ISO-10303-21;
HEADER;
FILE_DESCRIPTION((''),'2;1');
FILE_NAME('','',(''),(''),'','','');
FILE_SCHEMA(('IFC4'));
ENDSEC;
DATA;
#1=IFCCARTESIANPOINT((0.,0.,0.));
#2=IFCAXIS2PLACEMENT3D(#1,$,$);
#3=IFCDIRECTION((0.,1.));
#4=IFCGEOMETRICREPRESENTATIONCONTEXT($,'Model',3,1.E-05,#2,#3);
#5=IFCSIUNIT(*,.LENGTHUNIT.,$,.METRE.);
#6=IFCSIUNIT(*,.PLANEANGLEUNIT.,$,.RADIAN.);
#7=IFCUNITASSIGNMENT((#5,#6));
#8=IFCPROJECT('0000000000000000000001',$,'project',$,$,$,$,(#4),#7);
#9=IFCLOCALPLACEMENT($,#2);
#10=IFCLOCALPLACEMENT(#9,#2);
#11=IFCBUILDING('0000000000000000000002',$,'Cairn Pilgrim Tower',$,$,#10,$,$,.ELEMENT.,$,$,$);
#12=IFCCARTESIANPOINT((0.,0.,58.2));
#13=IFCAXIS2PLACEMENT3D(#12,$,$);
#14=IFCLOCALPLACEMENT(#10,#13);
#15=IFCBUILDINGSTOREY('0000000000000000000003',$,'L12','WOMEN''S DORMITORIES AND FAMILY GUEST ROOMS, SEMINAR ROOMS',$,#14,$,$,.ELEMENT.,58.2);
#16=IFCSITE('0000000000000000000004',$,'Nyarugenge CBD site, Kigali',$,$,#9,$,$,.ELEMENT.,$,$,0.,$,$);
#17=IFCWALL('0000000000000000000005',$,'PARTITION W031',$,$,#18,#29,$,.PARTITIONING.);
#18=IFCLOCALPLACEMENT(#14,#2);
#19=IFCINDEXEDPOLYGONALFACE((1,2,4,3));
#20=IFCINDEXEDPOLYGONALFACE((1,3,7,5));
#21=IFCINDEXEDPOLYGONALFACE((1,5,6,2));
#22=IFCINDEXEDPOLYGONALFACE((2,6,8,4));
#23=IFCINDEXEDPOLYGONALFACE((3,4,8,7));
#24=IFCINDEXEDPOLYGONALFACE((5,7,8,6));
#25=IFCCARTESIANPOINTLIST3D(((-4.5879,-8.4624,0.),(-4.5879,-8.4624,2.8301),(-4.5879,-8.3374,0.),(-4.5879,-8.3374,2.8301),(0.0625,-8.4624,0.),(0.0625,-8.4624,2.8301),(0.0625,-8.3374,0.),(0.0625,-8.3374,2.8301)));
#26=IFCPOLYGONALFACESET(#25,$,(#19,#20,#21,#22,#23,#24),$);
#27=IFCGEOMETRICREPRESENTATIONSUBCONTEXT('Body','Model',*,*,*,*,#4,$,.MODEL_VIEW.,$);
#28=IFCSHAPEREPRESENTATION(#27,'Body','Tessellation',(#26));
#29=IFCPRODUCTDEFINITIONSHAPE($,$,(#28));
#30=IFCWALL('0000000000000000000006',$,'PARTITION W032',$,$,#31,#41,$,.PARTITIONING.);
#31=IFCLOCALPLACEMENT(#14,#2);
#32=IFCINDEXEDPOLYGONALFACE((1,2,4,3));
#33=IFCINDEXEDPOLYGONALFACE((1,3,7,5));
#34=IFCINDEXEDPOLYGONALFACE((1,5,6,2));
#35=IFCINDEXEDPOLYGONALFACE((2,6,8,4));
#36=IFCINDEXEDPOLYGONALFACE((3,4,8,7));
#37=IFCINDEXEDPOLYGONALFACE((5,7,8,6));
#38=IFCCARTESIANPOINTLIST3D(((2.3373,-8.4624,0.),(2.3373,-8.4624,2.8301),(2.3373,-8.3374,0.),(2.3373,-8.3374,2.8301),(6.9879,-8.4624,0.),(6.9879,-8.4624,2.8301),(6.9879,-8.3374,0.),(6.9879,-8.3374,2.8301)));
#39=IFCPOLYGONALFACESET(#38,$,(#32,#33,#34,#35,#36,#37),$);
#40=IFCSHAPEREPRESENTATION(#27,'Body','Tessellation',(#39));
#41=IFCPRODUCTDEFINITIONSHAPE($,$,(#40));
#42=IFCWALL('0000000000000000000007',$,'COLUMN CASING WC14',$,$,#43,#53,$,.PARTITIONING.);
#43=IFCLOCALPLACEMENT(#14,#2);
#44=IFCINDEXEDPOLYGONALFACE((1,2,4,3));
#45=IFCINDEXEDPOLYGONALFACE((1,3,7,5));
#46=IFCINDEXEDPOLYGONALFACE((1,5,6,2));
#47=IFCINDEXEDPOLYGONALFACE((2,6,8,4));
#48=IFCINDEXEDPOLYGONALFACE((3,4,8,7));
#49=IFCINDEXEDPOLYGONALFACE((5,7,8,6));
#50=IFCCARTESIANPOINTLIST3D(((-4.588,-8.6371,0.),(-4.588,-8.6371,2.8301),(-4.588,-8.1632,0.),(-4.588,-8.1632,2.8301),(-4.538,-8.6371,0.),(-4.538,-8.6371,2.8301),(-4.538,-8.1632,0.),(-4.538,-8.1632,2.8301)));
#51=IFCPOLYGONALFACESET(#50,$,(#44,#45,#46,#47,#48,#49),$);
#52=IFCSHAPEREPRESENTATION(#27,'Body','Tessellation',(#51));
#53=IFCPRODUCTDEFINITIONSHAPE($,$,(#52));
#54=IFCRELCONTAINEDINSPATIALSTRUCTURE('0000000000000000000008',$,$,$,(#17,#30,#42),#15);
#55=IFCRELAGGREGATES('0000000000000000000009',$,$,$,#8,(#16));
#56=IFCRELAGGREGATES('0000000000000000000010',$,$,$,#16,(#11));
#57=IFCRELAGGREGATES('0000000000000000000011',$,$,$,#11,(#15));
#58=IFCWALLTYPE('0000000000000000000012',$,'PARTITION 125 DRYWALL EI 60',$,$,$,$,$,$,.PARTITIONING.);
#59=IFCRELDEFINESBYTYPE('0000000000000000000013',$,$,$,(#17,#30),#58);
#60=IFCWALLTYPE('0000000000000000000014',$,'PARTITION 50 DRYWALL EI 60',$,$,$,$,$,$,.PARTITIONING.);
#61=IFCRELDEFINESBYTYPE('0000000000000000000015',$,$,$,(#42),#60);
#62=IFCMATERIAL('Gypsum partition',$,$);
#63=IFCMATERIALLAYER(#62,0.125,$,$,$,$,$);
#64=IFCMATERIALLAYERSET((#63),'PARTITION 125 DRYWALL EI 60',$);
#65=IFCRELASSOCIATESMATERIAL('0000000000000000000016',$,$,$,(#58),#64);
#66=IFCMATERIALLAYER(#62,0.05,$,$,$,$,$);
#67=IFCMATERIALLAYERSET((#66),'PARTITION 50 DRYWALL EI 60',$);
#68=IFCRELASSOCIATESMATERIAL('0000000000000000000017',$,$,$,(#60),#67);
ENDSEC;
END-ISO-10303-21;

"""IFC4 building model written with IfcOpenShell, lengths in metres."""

from ifc_helpers import new_model, si_unit, direction, frame, frame_2d, origin, place, context, subcontext, project, spatial, rectangle, extrude, material, layer, layer_set, type_object, element, save


model = new_model("IFC4")

# Units and contexts
model_context = context("Model", 3, precision=1e-05, world=origin(), true_north=direction((0.0, 1.0)))
body_context = subcontext(model_context, "Body", "Model", "MODEL_VIEW")
ifc_project = project(units=[si_unit("LENGTHUNIT", "METRE"), si_unit("PLANEANGLEUNIT", "RADIAN")], contexts=[model_context])

# Site, building, storey
site_placement = place(None, origin())
site = spatial("IfcSite", under=ifc_project, at=site_placement, Name="Nyarugenge CBD site, Kigali", CompositionType="ELEMENT", RefElevation=0.0)
building_placement = place(site_placement, origin())
building = spatial("IfcBuilding", under=site, at=building_placement, Name="Cairn Pilgrim Tower", CompositionType="ELEMENT")
storey_placement = place(building_placement, frame((0.0, 0.0, 58.2)))
storey = spatial("IfcBuildingStorey", under=building, at=storey_placement, Name="L12", Description="WOMEN'S DORMITORIES AND FAMILY GUEST ROOMS, SEMINAR ROOMS", CompositionType="ELEMENT", Elevation=58.2)

# Shared definitions
ifc_material_1 = material(Name="Gypsum partition")
ifc_layer_1 = layer(ifc_material_1, 0.125)
ifc_layer_set_1 = layer_set([ifc_layer_1], Name="PARTITION 125 DRYWALL EI 60")
wall_type_1 = type_object("IfcWallType", Name="PARTITION 125 DRYWALL EI 60", PredefinedType="PARTITIONING", material=ifc_layer_set_1)

# Walls
wall_1_placement = place(storey_placement, frame((-4.5879, -8.3999, 0.0), z_axis=(0.0, 0.0, 1.0), x_axis=(1.0, 0.0, 0.0)))
element("IfcWall", 1, at=wall_1_placement, inside=storey, type_object=wall_type_1, Name="PARTITION W031", PredefinedType="PARTITIONING", context=body_context, shape_type="SweptSolid", body=[
    extrude(rectangle(XDim=4.6504, YDim=0.125, at=frame_2d((2.3252, 0.0))), origin(), (0.0, 0.0, 1.0), 2.8301),
])
wall_2_placement = place(storey_placement, frame((2.3374, -8.3999, 0.0), z_axis=(0.0, 0.0, 1.0), x_axis=(1.0, 0.0, 0.0)))
element("IfcWall", 2, at=wall_2_placement, inside=storey, type_object=wall_type_1, Name="PARTITION W032", PredefinedType="PARTITIONING", context=body_context, shape_type="SweptSolid", body=[
    extrude(rectangle(XDim=4.6506, YDim=0.125, at=frame_2d((2.3252, 0.0))), origin(), (0.0, 0.0, 1.0), 2.8301),
])
ifc_layer_2 = layer(ifc_material_1, 0.05)
ifc_layer_set_2 = layer_set([ifc_layer_2], Name="PARTITION 50 DRYWALL EI 60")
wall_type_2 = type_object("IfcWallType", Name="PARTITION 50 DRYWALL EI 60", PredefinedType="PARTITIONING", material=ifc_layer_set_2)
wall_3_placement = place(storey_placement, frame((-4.563, -8.637, 0.0), z_axis=(0.0, 0.0, 1.0), x_axis=(0.0, 1.0, 0.0)))
element("IfcWall", 3, at=wall_3_placement, inside=storey, type_object=wall_type_2, Name="COLUMN CASING WC14", PredefinedType="PARTITIONING", context=body_context, shape_type="SweptSolid", body=[
    extrude(rectangle(XDim=0.4739, YDim=0.05, at=frame_2d((0.2368, 0.0))), origin(), (0.0, 0.0, 1.0), 2.8301),
])

save(model, "model.ifc")
